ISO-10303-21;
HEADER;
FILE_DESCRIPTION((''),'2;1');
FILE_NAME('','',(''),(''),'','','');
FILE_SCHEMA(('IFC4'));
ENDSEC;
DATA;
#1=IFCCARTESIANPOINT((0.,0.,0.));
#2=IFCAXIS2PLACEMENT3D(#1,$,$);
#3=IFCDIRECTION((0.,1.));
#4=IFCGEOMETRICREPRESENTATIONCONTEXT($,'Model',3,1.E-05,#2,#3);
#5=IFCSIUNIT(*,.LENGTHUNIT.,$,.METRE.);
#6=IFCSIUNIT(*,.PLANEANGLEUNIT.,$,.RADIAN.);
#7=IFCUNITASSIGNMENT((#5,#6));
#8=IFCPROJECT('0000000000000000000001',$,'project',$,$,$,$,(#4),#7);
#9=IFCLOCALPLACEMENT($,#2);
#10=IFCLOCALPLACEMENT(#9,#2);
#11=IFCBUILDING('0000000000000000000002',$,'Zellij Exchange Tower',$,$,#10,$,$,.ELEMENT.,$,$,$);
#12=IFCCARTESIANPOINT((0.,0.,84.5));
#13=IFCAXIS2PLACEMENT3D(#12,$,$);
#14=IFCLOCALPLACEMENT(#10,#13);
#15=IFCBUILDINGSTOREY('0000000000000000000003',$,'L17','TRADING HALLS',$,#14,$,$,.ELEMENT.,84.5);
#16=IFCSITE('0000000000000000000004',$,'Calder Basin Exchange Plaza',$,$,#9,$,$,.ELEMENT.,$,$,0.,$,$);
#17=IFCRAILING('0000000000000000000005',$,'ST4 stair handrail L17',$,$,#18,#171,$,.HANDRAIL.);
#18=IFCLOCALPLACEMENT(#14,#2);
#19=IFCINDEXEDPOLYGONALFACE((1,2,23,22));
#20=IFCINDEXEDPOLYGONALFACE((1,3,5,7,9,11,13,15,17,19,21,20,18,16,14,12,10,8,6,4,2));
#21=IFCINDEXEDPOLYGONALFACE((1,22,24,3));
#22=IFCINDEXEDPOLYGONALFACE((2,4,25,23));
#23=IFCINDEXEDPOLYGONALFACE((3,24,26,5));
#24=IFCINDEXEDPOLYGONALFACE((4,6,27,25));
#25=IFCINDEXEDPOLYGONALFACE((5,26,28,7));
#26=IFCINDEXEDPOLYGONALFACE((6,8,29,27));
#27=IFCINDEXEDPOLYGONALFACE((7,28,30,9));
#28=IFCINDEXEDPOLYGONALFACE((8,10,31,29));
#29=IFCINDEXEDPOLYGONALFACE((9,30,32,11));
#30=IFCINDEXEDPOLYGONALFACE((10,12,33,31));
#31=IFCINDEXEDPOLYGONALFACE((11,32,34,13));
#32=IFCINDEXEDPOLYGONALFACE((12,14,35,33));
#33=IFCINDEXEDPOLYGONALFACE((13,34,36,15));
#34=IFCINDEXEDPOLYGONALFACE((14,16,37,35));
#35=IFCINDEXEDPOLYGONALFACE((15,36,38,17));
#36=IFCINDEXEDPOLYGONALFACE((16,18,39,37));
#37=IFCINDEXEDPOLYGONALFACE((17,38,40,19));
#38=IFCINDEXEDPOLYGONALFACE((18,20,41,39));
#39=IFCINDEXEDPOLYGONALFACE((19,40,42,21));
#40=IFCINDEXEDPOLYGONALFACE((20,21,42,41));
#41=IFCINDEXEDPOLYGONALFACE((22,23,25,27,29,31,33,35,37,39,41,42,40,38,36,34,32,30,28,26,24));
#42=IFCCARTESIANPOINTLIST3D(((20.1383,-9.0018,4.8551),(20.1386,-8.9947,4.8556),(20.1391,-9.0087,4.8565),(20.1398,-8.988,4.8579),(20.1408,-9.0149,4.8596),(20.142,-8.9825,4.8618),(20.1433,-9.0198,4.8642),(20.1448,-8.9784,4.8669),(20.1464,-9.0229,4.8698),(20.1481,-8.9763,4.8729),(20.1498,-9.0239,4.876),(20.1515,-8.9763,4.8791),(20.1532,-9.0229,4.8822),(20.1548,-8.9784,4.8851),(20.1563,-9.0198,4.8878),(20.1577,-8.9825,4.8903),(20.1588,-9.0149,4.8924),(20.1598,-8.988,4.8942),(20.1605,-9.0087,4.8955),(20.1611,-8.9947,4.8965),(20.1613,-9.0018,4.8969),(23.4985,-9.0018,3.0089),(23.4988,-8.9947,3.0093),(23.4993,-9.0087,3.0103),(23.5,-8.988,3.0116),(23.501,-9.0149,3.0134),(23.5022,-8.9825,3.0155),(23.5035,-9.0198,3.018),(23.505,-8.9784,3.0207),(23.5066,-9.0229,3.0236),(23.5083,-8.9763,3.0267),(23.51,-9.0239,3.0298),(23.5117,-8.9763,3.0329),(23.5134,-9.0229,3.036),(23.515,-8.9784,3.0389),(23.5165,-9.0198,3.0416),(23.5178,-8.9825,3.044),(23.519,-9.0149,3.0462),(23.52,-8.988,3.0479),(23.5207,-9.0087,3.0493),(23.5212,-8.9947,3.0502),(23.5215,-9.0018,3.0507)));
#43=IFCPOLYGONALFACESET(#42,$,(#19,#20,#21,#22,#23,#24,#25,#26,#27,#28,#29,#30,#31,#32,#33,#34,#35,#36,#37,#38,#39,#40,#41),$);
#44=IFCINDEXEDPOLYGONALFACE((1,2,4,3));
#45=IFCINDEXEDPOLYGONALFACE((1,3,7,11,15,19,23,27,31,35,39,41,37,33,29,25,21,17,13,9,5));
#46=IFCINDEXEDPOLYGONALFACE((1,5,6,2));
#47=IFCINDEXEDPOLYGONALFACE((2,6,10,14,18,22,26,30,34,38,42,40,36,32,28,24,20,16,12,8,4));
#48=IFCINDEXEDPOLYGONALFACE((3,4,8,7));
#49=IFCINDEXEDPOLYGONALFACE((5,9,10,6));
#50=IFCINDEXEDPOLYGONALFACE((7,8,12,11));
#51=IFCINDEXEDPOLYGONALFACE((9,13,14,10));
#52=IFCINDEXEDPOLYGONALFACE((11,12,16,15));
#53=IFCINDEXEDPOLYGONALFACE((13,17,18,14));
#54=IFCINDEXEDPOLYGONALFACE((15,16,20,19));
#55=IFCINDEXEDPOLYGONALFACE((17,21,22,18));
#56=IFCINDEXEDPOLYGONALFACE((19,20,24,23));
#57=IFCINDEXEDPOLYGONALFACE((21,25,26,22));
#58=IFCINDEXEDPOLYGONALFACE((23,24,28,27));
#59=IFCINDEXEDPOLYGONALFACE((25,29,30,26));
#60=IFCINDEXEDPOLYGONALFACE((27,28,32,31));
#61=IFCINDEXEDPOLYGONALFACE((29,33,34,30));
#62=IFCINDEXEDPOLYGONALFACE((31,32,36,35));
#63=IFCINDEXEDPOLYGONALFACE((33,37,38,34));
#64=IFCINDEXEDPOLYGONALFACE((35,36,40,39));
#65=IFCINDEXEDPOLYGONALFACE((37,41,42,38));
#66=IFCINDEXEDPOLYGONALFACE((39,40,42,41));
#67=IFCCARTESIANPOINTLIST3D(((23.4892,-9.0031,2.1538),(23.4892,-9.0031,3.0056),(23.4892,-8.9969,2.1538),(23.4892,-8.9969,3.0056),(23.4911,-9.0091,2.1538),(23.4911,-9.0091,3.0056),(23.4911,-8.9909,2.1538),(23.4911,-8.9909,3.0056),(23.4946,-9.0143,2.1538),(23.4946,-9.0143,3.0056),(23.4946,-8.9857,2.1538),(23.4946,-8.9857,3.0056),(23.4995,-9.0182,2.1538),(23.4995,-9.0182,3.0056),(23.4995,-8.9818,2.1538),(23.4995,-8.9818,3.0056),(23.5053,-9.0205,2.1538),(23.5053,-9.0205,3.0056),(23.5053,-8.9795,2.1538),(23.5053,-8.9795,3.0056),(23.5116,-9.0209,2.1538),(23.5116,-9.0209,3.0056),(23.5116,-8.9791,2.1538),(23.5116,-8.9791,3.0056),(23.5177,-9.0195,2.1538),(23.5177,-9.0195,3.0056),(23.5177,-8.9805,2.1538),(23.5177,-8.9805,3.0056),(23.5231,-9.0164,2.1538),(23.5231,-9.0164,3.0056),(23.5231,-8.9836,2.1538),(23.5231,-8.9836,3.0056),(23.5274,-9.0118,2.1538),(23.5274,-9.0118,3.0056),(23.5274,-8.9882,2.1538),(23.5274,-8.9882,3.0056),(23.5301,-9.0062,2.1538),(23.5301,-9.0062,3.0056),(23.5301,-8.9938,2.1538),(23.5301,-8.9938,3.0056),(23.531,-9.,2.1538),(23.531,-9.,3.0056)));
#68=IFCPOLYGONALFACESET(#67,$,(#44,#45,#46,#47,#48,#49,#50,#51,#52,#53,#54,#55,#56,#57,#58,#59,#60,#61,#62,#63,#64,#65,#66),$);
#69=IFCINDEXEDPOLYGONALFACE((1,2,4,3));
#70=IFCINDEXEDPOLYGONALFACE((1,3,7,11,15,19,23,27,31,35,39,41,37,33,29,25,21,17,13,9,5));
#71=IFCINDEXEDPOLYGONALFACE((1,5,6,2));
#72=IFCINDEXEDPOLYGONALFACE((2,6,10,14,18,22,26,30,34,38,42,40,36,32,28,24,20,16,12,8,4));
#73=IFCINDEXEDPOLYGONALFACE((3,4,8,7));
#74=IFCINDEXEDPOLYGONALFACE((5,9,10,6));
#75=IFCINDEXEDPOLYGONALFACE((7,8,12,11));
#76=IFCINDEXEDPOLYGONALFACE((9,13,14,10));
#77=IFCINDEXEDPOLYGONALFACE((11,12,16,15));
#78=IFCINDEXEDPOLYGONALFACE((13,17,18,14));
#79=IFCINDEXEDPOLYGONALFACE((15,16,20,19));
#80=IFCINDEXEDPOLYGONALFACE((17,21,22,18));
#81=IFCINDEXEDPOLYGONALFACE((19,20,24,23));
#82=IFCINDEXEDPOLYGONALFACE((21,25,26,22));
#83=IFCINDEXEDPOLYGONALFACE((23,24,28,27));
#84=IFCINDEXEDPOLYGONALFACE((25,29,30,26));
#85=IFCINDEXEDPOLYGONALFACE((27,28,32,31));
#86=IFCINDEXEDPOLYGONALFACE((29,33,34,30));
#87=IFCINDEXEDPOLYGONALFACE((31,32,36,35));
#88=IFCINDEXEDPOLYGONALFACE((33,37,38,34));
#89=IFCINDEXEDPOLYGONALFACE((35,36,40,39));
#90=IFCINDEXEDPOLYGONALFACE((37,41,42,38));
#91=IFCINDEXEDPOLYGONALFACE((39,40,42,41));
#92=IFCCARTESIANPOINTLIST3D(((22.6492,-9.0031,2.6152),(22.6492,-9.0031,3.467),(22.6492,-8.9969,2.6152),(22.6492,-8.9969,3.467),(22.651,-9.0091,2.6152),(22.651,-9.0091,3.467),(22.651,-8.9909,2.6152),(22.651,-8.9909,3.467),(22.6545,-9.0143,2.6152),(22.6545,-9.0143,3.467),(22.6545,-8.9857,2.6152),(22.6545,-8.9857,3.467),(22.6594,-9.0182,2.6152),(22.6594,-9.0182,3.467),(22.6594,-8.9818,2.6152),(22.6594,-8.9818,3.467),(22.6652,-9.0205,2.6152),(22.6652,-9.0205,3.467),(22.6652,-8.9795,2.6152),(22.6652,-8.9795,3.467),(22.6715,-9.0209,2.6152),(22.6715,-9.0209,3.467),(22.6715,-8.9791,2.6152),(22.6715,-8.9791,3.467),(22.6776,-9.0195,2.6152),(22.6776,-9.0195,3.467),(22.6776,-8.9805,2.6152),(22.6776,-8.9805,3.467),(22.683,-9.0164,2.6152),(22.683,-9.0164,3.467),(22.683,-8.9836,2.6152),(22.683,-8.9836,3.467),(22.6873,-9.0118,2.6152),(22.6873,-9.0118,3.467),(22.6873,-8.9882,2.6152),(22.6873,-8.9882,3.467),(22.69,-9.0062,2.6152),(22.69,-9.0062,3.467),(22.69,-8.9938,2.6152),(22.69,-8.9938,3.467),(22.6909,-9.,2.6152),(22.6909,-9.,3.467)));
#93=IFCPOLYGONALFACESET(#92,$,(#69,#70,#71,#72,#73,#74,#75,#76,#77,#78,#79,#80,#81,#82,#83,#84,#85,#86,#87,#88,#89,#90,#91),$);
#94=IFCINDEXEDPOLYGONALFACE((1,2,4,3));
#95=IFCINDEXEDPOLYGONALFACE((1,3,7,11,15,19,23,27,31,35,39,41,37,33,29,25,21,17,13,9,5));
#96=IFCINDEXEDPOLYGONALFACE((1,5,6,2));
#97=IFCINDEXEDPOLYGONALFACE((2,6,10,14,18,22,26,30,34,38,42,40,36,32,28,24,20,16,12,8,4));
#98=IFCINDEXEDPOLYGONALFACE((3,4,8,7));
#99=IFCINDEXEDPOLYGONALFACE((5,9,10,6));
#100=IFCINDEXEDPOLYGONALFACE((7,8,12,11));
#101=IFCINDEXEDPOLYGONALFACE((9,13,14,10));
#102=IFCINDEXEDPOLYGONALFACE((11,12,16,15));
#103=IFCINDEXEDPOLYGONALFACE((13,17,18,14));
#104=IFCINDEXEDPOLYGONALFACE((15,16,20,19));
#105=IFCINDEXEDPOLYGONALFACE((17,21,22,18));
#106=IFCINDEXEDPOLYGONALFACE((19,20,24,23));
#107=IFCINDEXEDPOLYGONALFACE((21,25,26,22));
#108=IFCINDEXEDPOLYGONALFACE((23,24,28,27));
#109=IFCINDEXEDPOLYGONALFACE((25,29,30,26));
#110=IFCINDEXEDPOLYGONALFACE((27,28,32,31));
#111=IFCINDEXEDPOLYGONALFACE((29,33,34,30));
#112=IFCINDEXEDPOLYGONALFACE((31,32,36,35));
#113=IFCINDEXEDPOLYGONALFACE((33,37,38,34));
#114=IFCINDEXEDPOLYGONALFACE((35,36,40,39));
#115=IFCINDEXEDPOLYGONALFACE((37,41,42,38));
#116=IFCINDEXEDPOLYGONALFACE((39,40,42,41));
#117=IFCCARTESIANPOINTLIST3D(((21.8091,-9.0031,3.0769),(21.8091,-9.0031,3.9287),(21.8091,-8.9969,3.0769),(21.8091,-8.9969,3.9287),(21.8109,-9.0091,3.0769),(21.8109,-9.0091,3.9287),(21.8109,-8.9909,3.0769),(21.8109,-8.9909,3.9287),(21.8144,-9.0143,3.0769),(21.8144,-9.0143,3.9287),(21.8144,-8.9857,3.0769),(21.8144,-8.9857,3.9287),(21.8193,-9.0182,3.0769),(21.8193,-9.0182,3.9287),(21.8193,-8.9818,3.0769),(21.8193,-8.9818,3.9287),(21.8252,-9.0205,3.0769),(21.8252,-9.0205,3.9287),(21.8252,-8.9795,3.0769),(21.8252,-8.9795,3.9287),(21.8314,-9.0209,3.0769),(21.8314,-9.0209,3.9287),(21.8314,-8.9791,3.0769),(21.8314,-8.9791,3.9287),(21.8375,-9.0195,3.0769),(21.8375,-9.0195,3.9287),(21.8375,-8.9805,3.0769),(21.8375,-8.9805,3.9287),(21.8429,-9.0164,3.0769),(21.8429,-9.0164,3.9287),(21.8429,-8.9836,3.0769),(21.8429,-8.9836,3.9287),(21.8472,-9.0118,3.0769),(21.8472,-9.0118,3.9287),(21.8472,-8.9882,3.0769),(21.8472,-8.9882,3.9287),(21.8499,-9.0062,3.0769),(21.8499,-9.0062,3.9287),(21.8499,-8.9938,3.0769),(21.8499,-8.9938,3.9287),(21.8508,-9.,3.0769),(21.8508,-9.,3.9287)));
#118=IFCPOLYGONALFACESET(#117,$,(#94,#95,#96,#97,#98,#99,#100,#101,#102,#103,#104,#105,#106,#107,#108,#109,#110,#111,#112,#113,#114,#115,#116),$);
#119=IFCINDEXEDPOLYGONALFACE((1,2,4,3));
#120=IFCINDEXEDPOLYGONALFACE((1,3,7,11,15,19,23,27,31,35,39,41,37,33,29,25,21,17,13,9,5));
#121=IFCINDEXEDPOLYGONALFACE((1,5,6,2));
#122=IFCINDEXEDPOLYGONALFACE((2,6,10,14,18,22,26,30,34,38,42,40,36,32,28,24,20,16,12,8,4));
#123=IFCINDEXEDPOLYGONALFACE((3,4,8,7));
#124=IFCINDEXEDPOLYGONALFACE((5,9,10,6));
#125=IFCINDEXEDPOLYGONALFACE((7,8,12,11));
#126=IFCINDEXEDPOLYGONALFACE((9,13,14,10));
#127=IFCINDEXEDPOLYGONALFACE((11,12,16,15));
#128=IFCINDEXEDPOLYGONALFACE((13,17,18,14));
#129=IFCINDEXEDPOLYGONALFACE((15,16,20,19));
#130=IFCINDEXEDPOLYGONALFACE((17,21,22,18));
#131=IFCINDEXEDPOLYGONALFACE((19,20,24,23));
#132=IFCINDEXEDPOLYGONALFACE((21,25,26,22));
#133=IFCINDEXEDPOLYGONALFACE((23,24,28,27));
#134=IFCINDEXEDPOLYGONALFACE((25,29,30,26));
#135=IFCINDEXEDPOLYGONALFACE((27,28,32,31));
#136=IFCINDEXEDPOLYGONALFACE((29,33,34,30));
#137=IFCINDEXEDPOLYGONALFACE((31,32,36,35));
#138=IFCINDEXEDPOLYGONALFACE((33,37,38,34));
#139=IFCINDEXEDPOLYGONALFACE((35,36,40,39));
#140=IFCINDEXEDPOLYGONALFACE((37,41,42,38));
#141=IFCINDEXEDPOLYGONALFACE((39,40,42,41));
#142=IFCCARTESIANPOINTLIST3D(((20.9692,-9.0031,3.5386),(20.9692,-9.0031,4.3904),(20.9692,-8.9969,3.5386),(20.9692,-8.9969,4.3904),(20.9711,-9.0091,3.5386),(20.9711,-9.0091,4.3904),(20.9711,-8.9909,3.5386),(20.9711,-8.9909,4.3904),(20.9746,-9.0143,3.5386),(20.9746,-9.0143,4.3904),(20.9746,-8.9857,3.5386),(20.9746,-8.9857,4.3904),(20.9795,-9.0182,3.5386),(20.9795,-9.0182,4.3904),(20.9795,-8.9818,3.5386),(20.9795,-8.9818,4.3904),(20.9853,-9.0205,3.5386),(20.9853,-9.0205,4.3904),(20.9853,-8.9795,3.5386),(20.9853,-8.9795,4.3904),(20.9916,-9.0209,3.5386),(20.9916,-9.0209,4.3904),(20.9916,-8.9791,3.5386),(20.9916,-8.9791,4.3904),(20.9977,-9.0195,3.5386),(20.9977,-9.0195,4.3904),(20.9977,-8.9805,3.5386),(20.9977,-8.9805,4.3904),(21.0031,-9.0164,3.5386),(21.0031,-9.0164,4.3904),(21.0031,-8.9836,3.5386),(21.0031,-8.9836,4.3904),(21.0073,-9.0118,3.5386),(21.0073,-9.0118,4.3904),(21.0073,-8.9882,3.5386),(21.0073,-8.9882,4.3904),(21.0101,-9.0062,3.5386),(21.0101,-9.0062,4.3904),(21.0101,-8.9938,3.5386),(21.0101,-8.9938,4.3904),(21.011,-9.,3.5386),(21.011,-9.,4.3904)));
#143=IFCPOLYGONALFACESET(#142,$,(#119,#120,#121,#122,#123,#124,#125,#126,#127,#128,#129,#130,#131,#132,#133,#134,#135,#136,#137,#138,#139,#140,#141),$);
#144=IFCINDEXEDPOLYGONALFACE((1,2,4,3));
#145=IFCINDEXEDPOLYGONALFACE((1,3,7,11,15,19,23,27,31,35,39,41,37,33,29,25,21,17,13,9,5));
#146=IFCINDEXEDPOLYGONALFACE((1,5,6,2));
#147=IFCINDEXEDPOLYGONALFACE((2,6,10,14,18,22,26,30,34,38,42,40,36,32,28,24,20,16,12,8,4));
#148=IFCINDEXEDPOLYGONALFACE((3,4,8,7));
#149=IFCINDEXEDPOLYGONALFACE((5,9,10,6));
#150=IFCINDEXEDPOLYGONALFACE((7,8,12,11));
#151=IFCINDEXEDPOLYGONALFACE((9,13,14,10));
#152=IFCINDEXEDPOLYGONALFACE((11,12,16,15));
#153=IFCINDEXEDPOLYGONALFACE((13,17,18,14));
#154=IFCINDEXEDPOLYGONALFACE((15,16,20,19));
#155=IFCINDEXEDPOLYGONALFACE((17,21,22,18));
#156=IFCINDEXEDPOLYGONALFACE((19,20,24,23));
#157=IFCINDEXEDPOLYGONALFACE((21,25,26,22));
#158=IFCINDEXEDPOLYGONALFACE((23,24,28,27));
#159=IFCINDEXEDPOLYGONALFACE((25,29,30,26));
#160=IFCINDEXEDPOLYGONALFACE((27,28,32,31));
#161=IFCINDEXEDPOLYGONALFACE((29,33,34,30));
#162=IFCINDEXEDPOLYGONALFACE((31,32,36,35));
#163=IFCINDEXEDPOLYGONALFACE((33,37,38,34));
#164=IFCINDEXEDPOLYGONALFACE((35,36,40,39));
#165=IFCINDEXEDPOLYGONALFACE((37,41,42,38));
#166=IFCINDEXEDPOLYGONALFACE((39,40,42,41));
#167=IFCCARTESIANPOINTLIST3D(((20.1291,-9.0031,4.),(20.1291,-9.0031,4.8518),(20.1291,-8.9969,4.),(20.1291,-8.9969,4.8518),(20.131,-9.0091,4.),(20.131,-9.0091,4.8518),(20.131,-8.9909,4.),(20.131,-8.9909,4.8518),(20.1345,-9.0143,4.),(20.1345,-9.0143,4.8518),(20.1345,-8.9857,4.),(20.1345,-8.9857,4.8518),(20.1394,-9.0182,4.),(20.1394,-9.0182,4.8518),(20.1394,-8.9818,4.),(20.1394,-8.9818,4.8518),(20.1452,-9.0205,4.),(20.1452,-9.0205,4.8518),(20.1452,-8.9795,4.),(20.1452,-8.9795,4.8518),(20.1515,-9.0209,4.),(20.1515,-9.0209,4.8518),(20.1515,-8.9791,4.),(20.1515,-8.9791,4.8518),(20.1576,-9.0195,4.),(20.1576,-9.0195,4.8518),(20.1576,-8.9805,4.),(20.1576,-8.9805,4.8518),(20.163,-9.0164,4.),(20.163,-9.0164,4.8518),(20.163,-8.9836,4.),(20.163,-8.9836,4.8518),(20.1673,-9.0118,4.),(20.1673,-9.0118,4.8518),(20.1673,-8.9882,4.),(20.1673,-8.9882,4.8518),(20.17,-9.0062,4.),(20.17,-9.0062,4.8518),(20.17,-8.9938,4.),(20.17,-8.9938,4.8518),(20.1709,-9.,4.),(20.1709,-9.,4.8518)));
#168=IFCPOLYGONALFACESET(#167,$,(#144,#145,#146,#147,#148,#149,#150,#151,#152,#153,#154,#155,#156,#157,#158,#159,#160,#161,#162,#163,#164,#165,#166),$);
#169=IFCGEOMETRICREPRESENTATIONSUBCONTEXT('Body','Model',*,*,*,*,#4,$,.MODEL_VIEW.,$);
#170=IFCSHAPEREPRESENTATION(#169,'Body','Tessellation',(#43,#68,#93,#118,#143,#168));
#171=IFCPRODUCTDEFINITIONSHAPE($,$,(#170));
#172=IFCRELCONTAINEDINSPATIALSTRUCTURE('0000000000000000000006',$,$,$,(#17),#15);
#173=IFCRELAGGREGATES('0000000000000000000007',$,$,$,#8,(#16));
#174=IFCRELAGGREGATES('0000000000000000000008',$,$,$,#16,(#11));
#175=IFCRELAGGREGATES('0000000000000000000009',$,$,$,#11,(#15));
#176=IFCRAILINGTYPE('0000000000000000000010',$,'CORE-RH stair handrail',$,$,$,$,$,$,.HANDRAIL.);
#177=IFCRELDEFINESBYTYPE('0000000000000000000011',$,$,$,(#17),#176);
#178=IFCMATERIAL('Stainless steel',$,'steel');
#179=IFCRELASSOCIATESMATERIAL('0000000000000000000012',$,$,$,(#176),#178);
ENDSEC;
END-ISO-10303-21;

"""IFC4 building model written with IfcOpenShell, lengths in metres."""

from ifc_helpers import new_model, si_unit, direction, frame, origin, origin_2d, place, context, subcontext, project, spatial, circle, extrude, material, type_object, element, save


model = new_model("IFC4")

# Units and contexts
model_context = context("Model", 3, precision=1e-05, world=origin(), true_north=direction((0.0, 1.0)))
body_context = subcontext(model_context, "Body", "Model", "MODEL_VIEW")
ifc_project = project(units=[si_unit("LENGTHUNIT", "METRE"), si_unit("PLANEANGLEUNIT", "RADIAN")], contexts=[model_context])

# Site, building, storey
site_placement = place(None, origin())
site = spatial("IfcSite", under=ifc_project, at=site_placement, Name="Calder Basin Exchange Plaza", CompositionType="ELEMENT", RefElevation=0.0)
building_placement = place(site_placement, origin())
building = spatial("IfcBuilding", under=site, at=building_placement, Name="Zellij Exchange Tower", CompositionType="ELEMENT")
storey_placement = place(building_placement, frame((0.0, 0.0, 84.5)))
storey = spatial("IfcBuildingStorey", under=building, at=storey_placement, Name="L17", Description="TRADING HALLS", CompositionType="ELEMENT", Elevation=84.5)

# Railing
ifc_material_1 = material(Name="Stainless steel", Category="steel")
railing_type = type_object("IfcRailingType", Name="CORE-RH stair handrail", PredefinedType="HANDRAIL", material=ifc_material_1)
railing_placement = place(storey_placement, frame((23.51, -9.0, 2.1538)))
element("IfcRailing", 1, at=railing_placement, inside=storey, type_object=railing_type, Name="ST4 stair handrail L17", PredefinedType="HANDRAIL", context=body_context, shape_type="SweptSolid", body=[
    extrude(circle(Radius=0.0239, at=origin_2d()), frame((0.0, 0.0, 0.876), z_axis=(-0.876422, 0.0, 0.481545), x_axis=(0.0, -1.0, 0.0)), (0.0, 0.0, 1.0), 3.834),
    extrude(circle(Radius=0.021, at=origin_2d()), origin(), (0.0, 0.0, 1.0), 0.8518),
    extrude(circle(Radius=0.021, at=origin_2d()), frame((-0.8401, 0.0, 0.4614)), (0.0, 0.0, 1.0), 0.8518),
    extrude(circle(Radius=0.021, at=origin_2d()), frame((-1.6802, 0.0, 0.9231)), (0.0, 0.0, 1.0), 0.8518),
    extrude(circle(Radius=0.021, at=origin_2d()), frame((-2.52, 0.0, 1.3848)), (0.0, 0.0, 1.0), 0.8518),
    extrude(circle(Radius=0.021, at=origin_2d()), frame((-3.3601, 0.0, 1.8462)), (0.0, 0.0, 1.0), 0.8518),
])

save(model, "model.ifc")
